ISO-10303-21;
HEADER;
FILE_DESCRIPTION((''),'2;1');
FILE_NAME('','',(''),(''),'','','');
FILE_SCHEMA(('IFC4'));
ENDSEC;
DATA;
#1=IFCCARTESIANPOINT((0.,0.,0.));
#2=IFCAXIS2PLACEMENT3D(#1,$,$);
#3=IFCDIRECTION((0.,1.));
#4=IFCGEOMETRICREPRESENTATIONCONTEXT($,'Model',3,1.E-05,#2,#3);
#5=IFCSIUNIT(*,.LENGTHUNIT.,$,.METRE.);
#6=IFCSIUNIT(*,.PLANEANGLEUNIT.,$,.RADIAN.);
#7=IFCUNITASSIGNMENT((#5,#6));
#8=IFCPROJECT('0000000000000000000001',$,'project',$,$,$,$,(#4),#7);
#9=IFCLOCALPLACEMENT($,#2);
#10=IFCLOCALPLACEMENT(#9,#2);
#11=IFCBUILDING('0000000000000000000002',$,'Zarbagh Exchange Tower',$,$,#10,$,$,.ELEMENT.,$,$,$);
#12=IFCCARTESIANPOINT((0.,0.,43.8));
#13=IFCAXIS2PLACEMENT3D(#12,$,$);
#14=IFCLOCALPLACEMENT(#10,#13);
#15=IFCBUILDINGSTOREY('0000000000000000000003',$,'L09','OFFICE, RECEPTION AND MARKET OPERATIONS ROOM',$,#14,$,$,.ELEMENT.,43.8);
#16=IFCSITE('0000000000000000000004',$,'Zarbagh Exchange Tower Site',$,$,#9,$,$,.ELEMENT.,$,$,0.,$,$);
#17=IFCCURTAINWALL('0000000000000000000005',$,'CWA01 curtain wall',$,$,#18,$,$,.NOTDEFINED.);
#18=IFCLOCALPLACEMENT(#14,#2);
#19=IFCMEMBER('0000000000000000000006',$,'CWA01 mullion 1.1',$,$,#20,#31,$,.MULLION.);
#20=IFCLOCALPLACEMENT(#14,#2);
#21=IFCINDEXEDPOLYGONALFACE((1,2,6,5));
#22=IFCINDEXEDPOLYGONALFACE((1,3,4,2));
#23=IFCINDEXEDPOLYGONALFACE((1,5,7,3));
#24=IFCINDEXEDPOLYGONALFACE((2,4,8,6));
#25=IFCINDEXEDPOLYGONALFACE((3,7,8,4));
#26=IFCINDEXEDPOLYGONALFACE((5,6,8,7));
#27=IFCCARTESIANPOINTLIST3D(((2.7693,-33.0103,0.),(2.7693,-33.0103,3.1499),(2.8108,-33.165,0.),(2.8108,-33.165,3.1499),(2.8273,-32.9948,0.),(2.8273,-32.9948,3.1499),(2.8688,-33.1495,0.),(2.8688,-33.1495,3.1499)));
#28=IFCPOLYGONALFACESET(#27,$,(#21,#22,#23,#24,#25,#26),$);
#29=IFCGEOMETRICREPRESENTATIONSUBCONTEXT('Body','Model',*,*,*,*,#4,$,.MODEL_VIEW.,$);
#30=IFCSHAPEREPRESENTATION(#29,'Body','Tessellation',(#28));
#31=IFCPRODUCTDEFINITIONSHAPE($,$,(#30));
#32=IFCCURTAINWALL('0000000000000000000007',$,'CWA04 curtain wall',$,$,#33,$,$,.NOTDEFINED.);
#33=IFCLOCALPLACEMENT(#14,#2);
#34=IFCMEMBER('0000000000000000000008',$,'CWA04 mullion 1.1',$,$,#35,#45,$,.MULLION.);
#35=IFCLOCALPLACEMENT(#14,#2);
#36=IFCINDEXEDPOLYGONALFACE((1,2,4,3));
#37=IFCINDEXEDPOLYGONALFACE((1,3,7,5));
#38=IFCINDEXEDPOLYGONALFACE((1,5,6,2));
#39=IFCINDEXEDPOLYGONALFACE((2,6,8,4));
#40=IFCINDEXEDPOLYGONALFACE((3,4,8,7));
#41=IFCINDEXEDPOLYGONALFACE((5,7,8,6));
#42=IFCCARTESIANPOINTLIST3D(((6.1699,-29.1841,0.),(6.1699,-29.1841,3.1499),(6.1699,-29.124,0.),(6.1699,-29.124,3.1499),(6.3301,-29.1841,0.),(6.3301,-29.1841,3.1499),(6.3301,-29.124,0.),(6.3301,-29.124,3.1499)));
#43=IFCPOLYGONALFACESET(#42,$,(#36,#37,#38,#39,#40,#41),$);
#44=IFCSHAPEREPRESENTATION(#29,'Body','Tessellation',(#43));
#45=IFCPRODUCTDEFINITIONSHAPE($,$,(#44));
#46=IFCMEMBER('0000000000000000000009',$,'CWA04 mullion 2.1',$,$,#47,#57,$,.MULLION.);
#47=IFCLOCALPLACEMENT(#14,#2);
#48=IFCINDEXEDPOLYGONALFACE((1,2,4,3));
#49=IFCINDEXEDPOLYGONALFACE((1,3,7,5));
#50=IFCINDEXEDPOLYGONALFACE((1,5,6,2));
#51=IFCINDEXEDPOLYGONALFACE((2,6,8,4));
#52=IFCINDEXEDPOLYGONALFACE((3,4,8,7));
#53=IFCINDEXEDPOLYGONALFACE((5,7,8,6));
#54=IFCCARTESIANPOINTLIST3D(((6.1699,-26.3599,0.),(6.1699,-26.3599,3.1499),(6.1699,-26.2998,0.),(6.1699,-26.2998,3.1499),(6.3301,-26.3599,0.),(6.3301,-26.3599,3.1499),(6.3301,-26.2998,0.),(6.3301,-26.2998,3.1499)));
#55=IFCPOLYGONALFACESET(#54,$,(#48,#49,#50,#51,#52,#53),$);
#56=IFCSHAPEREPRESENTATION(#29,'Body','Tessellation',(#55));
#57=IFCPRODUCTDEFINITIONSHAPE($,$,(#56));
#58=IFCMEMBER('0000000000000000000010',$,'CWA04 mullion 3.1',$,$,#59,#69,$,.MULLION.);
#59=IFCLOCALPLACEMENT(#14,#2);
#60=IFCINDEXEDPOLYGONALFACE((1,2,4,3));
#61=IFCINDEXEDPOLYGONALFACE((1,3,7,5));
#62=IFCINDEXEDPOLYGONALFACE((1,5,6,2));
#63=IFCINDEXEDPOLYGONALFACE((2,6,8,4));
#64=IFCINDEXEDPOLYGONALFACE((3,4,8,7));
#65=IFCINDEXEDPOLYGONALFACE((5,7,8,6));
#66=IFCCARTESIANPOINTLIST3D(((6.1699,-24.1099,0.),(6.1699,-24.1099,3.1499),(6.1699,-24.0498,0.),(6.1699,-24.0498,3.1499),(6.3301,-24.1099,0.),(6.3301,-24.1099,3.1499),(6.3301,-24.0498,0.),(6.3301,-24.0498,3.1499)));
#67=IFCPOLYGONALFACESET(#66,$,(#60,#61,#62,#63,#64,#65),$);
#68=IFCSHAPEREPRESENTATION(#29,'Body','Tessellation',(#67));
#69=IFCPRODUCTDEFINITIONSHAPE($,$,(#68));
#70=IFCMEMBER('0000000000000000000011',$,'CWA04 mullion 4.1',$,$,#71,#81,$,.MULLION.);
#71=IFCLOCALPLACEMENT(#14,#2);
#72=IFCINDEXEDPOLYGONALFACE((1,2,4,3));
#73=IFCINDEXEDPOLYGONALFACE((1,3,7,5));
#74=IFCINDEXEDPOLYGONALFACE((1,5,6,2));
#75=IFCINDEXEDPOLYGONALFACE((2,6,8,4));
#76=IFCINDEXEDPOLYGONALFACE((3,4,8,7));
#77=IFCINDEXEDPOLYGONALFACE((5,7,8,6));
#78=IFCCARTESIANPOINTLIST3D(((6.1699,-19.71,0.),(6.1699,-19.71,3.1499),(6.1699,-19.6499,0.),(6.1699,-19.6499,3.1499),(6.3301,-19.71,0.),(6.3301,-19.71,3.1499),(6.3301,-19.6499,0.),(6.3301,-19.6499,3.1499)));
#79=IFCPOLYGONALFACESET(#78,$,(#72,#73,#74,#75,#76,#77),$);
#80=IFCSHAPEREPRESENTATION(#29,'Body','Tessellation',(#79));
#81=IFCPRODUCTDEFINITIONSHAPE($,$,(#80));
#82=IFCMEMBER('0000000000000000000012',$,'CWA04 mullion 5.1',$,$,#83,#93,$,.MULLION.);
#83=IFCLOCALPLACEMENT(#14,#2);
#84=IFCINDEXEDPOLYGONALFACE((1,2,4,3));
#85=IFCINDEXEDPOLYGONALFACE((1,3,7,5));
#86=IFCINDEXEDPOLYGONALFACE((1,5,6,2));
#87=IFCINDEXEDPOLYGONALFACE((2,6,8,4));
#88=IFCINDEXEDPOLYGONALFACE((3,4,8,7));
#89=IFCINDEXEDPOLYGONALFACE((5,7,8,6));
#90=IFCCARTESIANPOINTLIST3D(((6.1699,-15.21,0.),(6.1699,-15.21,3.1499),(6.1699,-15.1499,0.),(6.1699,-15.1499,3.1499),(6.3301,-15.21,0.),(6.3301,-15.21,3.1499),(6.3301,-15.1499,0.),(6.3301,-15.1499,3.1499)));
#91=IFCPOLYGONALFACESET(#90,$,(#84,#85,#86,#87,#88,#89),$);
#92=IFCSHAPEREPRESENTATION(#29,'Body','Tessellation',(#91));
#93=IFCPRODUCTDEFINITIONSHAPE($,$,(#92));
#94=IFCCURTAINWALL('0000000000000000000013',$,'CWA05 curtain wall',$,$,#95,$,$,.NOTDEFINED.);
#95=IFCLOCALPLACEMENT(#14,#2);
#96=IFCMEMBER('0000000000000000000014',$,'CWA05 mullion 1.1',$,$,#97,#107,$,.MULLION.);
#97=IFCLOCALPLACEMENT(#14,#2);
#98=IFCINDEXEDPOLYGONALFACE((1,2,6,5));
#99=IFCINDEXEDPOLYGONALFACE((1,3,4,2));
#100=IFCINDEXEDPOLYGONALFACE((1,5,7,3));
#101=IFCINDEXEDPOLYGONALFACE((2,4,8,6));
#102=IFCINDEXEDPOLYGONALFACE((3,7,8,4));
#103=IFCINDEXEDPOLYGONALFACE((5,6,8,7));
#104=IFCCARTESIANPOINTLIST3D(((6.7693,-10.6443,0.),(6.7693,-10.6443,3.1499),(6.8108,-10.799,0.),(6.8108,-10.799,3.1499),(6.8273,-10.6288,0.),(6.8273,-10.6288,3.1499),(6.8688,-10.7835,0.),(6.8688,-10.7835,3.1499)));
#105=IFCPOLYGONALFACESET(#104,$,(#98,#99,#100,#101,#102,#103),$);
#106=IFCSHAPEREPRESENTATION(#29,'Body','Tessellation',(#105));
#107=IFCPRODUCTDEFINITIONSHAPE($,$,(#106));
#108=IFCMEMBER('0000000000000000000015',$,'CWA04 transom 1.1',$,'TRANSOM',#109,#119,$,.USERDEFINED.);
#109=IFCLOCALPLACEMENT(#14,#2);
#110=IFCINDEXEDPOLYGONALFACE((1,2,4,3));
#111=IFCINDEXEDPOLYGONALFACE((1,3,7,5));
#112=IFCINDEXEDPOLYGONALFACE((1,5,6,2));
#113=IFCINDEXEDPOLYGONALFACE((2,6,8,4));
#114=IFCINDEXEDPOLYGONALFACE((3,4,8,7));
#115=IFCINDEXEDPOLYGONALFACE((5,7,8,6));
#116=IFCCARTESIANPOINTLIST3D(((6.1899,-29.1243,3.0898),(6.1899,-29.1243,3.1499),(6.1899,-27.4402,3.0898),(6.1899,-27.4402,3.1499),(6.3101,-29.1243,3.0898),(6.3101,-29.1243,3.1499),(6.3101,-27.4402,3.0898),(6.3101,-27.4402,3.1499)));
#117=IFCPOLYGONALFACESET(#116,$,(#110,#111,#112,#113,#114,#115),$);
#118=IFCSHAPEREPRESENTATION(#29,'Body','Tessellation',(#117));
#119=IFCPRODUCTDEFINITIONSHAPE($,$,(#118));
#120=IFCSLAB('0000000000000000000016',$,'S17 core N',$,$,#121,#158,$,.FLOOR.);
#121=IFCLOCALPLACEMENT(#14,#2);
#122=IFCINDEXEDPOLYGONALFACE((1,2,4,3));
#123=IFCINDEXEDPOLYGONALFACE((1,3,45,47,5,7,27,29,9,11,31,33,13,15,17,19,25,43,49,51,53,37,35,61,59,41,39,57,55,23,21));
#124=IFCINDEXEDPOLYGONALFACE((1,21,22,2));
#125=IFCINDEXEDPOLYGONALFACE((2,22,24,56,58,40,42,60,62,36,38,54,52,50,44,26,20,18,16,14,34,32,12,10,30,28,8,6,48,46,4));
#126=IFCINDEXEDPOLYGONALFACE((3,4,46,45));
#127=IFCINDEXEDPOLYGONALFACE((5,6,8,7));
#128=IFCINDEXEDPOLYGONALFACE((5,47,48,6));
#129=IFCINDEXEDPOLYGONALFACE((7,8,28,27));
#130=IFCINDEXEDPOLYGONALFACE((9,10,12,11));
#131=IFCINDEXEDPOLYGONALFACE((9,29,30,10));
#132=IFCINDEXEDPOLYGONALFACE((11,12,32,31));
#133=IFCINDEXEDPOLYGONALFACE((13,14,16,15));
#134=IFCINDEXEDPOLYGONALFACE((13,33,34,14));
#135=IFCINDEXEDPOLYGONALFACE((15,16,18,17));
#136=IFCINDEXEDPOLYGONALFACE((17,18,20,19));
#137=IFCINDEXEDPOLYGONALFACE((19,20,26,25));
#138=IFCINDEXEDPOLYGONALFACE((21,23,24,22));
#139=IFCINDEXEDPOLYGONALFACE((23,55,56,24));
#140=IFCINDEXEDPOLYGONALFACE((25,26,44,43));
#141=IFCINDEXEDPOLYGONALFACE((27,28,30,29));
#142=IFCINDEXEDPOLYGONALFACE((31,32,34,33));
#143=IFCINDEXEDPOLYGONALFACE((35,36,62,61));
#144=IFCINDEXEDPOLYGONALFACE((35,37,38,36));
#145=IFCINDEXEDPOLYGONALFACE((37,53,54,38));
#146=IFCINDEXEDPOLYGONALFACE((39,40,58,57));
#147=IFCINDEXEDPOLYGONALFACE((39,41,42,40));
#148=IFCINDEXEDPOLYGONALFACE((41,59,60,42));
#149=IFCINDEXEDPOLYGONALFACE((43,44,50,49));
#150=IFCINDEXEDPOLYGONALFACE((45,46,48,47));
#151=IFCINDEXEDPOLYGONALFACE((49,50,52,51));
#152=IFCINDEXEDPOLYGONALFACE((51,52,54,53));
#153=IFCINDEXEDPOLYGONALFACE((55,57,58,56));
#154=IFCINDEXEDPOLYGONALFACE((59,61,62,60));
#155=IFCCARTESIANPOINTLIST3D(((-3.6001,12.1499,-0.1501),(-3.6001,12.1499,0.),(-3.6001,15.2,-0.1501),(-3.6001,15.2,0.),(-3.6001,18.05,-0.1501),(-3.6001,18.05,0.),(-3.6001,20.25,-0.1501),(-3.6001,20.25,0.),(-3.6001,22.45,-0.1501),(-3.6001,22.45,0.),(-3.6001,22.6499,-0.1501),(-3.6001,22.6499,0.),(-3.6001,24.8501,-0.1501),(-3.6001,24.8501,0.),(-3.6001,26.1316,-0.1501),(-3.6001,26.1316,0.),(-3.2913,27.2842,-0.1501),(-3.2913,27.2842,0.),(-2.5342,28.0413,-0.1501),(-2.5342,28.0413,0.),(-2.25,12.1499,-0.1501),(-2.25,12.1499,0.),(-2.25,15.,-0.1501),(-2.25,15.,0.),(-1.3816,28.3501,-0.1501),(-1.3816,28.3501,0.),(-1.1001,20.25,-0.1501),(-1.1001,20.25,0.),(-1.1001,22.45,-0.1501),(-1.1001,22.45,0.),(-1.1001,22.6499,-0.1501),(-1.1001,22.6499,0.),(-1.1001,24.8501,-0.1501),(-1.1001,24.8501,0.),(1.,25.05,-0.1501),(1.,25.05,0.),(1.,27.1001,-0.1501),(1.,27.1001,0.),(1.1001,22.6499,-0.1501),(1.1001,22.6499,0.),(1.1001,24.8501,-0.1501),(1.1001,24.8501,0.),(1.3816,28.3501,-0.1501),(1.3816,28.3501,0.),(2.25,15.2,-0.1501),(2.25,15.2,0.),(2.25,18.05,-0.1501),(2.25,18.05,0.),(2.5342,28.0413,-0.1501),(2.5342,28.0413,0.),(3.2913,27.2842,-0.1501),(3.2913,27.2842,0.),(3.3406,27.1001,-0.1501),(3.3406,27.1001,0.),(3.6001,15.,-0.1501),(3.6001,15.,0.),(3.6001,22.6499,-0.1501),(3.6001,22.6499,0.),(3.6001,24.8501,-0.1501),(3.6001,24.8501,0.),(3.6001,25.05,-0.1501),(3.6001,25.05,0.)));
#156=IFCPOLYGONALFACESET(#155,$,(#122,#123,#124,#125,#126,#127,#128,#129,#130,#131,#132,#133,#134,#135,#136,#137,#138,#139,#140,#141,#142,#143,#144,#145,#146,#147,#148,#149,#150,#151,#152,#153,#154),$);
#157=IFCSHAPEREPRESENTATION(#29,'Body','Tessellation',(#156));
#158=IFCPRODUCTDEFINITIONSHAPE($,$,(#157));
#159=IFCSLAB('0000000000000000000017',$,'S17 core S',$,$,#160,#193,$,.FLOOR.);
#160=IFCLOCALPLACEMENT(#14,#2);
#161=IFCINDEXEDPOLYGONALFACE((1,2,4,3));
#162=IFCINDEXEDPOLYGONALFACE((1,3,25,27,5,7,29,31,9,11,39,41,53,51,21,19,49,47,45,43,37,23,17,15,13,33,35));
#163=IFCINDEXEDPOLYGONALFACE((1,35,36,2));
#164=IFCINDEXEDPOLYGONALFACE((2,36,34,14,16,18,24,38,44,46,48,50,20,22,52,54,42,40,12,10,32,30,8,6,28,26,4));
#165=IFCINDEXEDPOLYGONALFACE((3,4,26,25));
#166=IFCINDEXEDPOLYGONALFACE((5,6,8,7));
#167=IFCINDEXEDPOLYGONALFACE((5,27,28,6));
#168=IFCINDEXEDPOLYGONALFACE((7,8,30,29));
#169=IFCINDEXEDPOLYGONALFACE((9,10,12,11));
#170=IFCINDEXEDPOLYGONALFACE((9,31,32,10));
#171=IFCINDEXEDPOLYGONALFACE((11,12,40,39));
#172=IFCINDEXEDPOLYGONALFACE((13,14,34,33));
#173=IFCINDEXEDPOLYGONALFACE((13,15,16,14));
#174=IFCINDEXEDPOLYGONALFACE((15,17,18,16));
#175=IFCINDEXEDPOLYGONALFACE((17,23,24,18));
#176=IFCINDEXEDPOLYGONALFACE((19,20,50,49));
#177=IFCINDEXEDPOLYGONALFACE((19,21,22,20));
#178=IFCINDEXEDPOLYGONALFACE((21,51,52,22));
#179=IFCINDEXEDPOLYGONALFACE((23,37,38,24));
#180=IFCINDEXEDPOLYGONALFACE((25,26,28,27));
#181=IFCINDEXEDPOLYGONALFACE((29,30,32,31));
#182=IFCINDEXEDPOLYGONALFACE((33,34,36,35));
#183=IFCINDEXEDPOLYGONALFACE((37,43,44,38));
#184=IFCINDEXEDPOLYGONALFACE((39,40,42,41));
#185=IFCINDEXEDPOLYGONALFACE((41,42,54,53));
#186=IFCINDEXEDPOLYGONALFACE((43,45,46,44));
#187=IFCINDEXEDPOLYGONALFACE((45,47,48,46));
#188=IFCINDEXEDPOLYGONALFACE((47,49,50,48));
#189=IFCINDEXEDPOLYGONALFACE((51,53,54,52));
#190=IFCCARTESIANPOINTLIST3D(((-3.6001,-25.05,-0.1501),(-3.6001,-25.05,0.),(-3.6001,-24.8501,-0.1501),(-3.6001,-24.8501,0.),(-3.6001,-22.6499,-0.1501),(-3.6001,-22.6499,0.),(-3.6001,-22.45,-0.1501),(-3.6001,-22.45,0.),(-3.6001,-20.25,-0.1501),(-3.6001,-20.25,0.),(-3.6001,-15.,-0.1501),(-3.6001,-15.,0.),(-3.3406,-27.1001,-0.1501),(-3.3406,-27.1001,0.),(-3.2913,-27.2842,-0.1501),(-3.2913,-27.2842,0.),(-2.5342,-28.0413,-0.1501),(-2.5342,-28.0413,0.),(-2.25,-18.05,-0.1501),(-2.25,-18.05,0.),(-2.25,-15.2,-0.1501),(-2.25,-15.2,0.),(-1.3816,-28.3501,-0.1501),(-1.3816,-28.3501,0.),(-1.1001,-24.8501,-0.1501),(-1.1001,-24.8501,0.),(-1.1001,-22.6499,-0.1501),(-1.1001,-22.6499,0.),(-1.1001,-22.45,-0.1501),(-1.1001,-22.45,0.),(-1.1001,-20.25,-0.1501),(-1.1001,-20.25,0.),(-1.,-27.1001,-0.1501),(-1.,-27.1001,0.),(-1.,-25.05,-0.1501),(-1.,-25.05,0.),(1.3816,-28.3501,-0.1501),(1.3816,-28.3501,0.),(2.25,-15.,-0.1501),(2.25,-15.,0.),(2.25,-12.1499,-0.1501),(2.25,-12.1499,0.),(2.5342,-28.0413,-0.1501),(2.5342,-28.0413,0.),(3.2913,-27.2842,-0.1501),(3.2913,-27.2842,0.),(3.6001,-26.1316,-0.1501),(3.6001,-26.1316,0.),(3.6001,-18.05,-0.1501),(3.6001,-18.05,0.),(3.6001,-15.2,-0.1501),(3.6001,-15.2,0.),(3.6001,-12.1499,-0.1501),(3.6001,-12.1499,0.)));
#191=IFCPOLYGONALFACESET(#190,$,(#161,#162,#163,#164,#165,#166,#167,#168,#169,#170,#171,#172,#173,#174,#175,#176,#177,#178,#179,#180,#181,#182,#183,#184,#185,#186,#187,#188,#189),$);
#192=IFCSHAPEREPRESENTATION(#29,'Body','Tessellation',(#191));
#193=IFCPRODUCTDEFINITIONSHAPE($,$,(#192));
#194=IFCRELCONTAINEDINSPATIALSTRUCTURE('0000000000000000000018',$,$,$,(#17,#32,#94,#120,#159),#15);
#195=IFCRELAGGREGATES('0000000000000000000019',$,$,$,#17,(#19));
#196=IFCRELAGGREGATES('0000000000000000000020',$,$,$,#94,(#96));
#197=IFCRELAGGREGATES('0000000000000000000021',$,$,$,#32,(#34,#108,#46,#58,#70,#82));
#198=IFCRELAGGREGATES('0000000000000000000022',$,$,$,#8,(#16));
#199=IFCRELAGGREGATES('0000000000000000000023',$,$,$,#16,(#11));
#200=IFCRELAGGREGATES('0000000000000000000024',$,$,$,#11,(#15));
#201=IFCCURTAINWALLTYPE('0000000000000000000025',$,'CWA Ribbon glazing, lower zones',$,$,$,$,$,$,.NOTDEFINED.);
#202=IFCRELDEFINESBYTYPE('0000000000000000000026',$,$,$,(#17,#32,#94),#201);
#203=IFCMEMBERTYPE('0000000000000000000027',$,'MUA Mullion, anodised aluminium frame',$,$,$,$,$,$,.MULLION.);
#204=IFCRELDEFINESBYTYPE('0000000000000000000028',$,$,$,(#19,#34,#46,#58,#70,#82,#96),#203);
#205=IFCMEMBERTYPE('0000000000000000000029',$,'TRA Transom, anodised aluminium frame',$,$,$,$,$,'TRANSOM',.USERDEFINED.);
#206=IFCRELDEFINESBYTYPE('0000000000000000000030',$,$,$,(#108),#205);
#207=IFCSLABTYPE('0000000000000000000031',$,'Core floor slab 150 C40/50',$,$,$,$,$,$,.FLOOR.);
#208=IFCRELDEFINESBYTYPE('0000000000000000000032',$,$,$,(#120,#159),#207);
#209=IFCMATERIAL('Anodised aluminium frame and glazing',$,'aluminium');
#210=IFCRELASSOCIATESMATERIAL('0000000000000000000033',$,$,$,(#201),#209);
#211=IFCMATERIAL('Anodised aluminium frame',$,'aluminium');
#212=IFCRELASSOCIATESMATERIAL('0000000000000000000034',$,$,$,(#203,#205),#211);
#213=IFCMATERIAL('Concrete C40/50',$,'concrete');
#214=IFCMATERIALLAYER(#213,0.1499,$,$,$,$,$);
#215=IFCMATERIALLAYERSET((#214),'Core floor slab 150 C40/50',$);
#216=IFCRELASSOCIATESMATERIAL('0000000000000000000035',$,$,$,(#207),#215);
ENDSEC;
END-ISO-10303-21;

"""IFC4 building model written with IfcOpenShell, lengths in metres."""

from ifc_helpers import new_model, si_unit, direction, frame, origin, place, context, subcontext, project, spatial, polyline, outline, extrude, source, transform, mapped, material, layer, layer_set, type_object, element, aggregate, save


model = new_model("IFC4")

# Units and contexts
model_context = context("Model", 3, precision=1e-05, world=origin(), true_north=direction((0.0, 1.0)))
body_context = subcontext(model_context, "Body", "Model", "MODEL_VIEW")
ifc_project = project(units=[si_unit("LENGTHUNIT", "METRE"), si_unit("PLANEANGLEUNIT", "RADIAN")], contexts=[model_context])

# Site, building, storey
site_placement = place(None, origin())
site = spatial("IfcSite", under=ifc_project, at=site_placement, Name="Zarbagh Exchange Tower Site", CompositionType="ELEMENT", RefElevation=0.0)
building_placement = place(site_placement, origin())
building = spatial("IfcBuilding", under=site, at=building_placement, Name="Zarbagh Exchange Tower", CompositionType="ELEMENT")
storey_placement = place(building_placement, frame((0.0, 0.0, 43.8)))
storey = spatial("IfcBuildingStorey", under=building, at=storey_placement, Name="L09", Description="OFFICE, RECEPTION AND MARKET OPERATIONS ROOM", CompositionType="ELEMENT", Elevation=43.8)

# Curtain wall, member
ifc_material_1 = material(Name="Anodised aluminium frame and glazing", Category="aluminium")
curtain_wall_type = type_object("IfcCurtainWallType", Name="CWA Ribbon glazing, lower zones", PredefinedType="NOTDEFINED", material=ifc_material_1)
curtain_wall_1_placement = place(storey_placement, origin())
curtain_wall_1 = element("IfcCurtainWall", 1, at=curtain_wall_1_placement, inside=storey, type_object=curtain_wall_type, Name="CWA01 curtain wall", PredefinedType="NOTDEFINED")
ifc_material_2 = material(Name="Anodised aluminium frame", Category="aluminium")
member_type_1 = type_object("IfcMemberType", Name="MUA Mullion, anodised aluminium frame", PredefinedType="MULLION", material=ifc_material_2)
shared_shape_1 = source(origin(), body_context, "Body", "SweptSolid", [
    extrude(outline(polyline([(0.0, -0.0801), (0.0601, -0.0801), (0.0601, 0.0801), (0.0, 0.0801), (0.0, -0.0801)])), origin(), (0.0, 0.0, 1.0), 3.1499),
])
placement = place(storey_placement, origin())
member_1 = element("IfcMember", 2, at=placement, type_object=member_type_1, Name="CWA01 mullion 1.1", PredefinedType="MULLION", context=body_context, shape_type="MappedRepresentation", body=[
    mapped(shared_shape_1, transform((2.79, -33.0876, 0.0), x_axis=(0.965924, 0.258825, 0.0), y_axis=(-0.258825, 0.965924, 0.0), z_axis=(0.0, 0.0, 1.0))),
])

# Curtain wall, members
curtain_wall_2_placement = place(storey_placement, origin())
curtain_wall_2 = element("IfcCurtainWall", 3, at=curtain_wall_2_placement, inside=storey, type_object=curtain_wall_type, Name="CWA04 curtain wall", PredefinedType="NOTDEFINED")
member_2 = element("IfcMember", 4, at=placement, type_object=member_type_1, Name="CWA04 mullion 1.1", PredefinedType="MULLION", context=body_context, shape_type="MappedRepresentation", body=[
    mapped(shared_shape_1, transform((6.25, -29.1841, 0.0), x_axis=(0.0, 1.0, 0.0), y_axis=(-1.0, 0.0, 0.0), z_axis=(0.0, 0.0, 1.0))),
])
member_3 = element("IfcMember", 5, at=placement, type_object=member_type_1, Name="CWA04 mullion 2.1", PredefinedType="MULLION", context=body_context, shape_type="MappedRepresentation", body=[
    mapped(shared_shape_1, transform((6.25, -26.3599, 0.0), x_axis=(0.0, 1.0, 0.0), y_axis=(-1.0, 0.0, 0.0), z_axis=(0.0, 0.0, 1.0))),
])
member_4 = element("IfcMember", 6, at=placement, type_object=member_type_1, Name="CWA04 mullion 3.1", PredefinedType="MULLION", context=body_context, shape_type="MappedRepresentation", body=[
    mapped(shared_shape_1, transform((6.25, -24.1099, 0.0), x_axis=(0.0, 1.0, 0.0), y_axis=(-1.0, 0.0, 0.0), z_axis=(0.0, 0.0, 1.0))),
])
member_5 = element("IfcMember", 7, at=placement, type_object=member_type_1, Name="CWA04 mullion 4.1", PredefinedType="MULLION", context=body_context, shape_type="MappedRepresentation", body=[
    mapped(shared_shape_1, transform((6.25, -19.71, 0.0), x_axis=(0.0, 1.0, 0.0), y_axis=(-1.0, 0.0, 0.0), z_axis=(0.0, 0.0, 1.0))),
])
member_6 = element("IfcMember", 8, at=placement, type_object=member_type_1, Name="CWA04 mullion 5.1", PredefinedType="MULLION", context=body_context, shape_type="MappedRepresentation", body=[
    mapped(shared_shape_1, transform((6.25, -15.21, 0.0), x_axis=(0.0, 1.0, 0.0), y_axis=(-1.0, 0.0, 0.0), z_axis=(0.0, 0.0, 1.0))),
])

# Curtain wall, member
curtain_wall_3_placement = place(storey_placement, origin())
curtain_wall_3 = element("IfcCurtainWall", 9, at=curtain_wall_3_placement, inside=storey, type_object=curtain_wall_type, Name="CWA05 curtain wall", PredefinedType="NOTDEFINED")
member_7 = element("IfcMember", 10, at=placement, type_object=member_type_1, Name="CWA05 mullion 1.1", PredefinedType="MULLION", context=body_context, shape_type="MappedRepresentation", body=[
    mapped(shared_shape_1, transform((6.79, -10.7217, 0.0), x_axis=(0.965924, 0.258825, 0.0), y_axis=(-0.258825, 0.965924, 0.0), z_axis=(0.0, 0.0, 1.0))),
])

# Member
member_type_2 = type_object("IfcMemberType", Name="TRA Transom, anodised aluminium frame", ElementType="TRANSOM", PredefinedType="USERDEFINED", material=ifc_material_2)
shared_shape_2 = source(origin(), body_context, "Body", "SweptSolid", [
    extrude(outline(polyline([(-0.0601, -0.0601), (0.0, -0.0601), (0.0, 0.0601), (-0.0601, 0.0601), (-0.0601, -0.0601)])), origin(), (0.0, 0.0, 1.0), 1.6841),
])
member_8 = element("IfcMember", 11, at=placement, type_object=member_type_2, Name="CWA04 transom 1.1", ObjectType="TRANSOM", PredefinedType="USERDEFINED", context=body_context, shape_type="MappedRepresentation", body=[
    mapped(shared_shape_2, transform((6.25, -29.1243, 3.1499), x_axis=(0.0, 0.0, 1.0), y_axis=(1.0, 0.0, 0.0), z_axis=(0.0, 1.0, 0.0))),
])

# Slabs
ifc_material_3 = material(Name="Concrete C40/50", Category="concrete")
ifc_layer_1 = layer(ifc_material_3, 0.1499)
ifc_layer_set_1 = layer_set([ifc_layer_1], Name="Core floor slab 150 C40/50")
slab_type = type_object("IfcSlabType", Name="Core floor slab 150 C40/50", PredefinedType="FLOOR", material=ifc_layer_set_1)
slab_1_placement = place(storey_placement, frame((0.0, 0.0, -0.1501)))
element("IfcSlab", 12, at=slab_1_placement, inside=storey, type_object=slab_type, Name="S17 core N", PredefinedType="FLOOR", context=body_context, shape_type="SweptSolid", body=[
    extrude(outline(polyline([(-3.6001, 12.1499), (-3.6001, 15.2), (2.25, 15.2), (2.25, 18.05), (-3.6001, 18.05), (-3.6001, 20.25), (-1.1001, 20.25), (-1.1001, 22.45), (-3.6001, 22.45), (-3.6001, 22.6499), (-1.1001, 22.6499), (-1.1001, 24.8501), (-3.6001, 24.8501), (-3.6001, 26.1316), (-3.2913, 27.2842), (-2.5342, 28.0413), (-1.3816, 28.3501), (1.3816, 28.3501), (2.5342, 28.0413), (3.2913, 27.2842), (3.3406, 27.1001), (1.0, 27.1001), (1.0, 25.05), (3.6001, 25.05), (3.6001, 24.8501), (1.1001, 24.8501), (1.1001, 22.6499), (3.6001, 22.6499), (3.6001, 15.0), (-2.25, 15.0), (-2.25, 12.1499), (-3.6001, 12.1499)])), origin(), (0.0, 0.0, 1.0), 0.1501),
])
slab_2_placement = place(storey_placement, frame((0.0, 0.0, -0.1501)))
element("IfcSlab", 13, at=slab_2_placement, inside=storey, type_object=slab_type, Name="S17 core S", PredefinedType="FLOOR", context=body_context, shape_type="SweptSolid", body=[
    extrude(outline(polyline([(-2.5342, -28.0413), (-3.2913, -27.2842), (-3.3406, -27.1001), (-1.0, -27.1001), (-1.0, -25.05), (-3.6001, -25.05), (-3.6001, -24.8501), (-1.1001, -24.8501), (-1.1001, -22.6499), (-3.6001, -22.6499), (-3.6001, -22.45), (-1.1001, -22.45), (-1.1001, -20.25), (-3.6001, -20.25), (-3.6001, -15.0), (2.25, -15.0), (2.25, -12.1499), (3.6001, -12.1499), (3.6001, -15.2), (-2.25, -15.2), (-2.25, -18.05), (3.6001, -18.05), (3.6001, -26.1316), (3.2913, -27.2842), (2.5342, -28.0413), (1.3816, -28.3501), (-1.3816, -28.3501), (-2.5342, -28.0413)])), origin(), (0.0, 0.0, 1.0), 0.1501),
])

aggregate(curtain_wall_1, [member_1])

aggregate(curtain_wall_3, [member_7])
aggregate(curtain_wall_2, [member_2, member_8, member_3, member_4, member_5, member_6])

save(model, "model.ifc")
